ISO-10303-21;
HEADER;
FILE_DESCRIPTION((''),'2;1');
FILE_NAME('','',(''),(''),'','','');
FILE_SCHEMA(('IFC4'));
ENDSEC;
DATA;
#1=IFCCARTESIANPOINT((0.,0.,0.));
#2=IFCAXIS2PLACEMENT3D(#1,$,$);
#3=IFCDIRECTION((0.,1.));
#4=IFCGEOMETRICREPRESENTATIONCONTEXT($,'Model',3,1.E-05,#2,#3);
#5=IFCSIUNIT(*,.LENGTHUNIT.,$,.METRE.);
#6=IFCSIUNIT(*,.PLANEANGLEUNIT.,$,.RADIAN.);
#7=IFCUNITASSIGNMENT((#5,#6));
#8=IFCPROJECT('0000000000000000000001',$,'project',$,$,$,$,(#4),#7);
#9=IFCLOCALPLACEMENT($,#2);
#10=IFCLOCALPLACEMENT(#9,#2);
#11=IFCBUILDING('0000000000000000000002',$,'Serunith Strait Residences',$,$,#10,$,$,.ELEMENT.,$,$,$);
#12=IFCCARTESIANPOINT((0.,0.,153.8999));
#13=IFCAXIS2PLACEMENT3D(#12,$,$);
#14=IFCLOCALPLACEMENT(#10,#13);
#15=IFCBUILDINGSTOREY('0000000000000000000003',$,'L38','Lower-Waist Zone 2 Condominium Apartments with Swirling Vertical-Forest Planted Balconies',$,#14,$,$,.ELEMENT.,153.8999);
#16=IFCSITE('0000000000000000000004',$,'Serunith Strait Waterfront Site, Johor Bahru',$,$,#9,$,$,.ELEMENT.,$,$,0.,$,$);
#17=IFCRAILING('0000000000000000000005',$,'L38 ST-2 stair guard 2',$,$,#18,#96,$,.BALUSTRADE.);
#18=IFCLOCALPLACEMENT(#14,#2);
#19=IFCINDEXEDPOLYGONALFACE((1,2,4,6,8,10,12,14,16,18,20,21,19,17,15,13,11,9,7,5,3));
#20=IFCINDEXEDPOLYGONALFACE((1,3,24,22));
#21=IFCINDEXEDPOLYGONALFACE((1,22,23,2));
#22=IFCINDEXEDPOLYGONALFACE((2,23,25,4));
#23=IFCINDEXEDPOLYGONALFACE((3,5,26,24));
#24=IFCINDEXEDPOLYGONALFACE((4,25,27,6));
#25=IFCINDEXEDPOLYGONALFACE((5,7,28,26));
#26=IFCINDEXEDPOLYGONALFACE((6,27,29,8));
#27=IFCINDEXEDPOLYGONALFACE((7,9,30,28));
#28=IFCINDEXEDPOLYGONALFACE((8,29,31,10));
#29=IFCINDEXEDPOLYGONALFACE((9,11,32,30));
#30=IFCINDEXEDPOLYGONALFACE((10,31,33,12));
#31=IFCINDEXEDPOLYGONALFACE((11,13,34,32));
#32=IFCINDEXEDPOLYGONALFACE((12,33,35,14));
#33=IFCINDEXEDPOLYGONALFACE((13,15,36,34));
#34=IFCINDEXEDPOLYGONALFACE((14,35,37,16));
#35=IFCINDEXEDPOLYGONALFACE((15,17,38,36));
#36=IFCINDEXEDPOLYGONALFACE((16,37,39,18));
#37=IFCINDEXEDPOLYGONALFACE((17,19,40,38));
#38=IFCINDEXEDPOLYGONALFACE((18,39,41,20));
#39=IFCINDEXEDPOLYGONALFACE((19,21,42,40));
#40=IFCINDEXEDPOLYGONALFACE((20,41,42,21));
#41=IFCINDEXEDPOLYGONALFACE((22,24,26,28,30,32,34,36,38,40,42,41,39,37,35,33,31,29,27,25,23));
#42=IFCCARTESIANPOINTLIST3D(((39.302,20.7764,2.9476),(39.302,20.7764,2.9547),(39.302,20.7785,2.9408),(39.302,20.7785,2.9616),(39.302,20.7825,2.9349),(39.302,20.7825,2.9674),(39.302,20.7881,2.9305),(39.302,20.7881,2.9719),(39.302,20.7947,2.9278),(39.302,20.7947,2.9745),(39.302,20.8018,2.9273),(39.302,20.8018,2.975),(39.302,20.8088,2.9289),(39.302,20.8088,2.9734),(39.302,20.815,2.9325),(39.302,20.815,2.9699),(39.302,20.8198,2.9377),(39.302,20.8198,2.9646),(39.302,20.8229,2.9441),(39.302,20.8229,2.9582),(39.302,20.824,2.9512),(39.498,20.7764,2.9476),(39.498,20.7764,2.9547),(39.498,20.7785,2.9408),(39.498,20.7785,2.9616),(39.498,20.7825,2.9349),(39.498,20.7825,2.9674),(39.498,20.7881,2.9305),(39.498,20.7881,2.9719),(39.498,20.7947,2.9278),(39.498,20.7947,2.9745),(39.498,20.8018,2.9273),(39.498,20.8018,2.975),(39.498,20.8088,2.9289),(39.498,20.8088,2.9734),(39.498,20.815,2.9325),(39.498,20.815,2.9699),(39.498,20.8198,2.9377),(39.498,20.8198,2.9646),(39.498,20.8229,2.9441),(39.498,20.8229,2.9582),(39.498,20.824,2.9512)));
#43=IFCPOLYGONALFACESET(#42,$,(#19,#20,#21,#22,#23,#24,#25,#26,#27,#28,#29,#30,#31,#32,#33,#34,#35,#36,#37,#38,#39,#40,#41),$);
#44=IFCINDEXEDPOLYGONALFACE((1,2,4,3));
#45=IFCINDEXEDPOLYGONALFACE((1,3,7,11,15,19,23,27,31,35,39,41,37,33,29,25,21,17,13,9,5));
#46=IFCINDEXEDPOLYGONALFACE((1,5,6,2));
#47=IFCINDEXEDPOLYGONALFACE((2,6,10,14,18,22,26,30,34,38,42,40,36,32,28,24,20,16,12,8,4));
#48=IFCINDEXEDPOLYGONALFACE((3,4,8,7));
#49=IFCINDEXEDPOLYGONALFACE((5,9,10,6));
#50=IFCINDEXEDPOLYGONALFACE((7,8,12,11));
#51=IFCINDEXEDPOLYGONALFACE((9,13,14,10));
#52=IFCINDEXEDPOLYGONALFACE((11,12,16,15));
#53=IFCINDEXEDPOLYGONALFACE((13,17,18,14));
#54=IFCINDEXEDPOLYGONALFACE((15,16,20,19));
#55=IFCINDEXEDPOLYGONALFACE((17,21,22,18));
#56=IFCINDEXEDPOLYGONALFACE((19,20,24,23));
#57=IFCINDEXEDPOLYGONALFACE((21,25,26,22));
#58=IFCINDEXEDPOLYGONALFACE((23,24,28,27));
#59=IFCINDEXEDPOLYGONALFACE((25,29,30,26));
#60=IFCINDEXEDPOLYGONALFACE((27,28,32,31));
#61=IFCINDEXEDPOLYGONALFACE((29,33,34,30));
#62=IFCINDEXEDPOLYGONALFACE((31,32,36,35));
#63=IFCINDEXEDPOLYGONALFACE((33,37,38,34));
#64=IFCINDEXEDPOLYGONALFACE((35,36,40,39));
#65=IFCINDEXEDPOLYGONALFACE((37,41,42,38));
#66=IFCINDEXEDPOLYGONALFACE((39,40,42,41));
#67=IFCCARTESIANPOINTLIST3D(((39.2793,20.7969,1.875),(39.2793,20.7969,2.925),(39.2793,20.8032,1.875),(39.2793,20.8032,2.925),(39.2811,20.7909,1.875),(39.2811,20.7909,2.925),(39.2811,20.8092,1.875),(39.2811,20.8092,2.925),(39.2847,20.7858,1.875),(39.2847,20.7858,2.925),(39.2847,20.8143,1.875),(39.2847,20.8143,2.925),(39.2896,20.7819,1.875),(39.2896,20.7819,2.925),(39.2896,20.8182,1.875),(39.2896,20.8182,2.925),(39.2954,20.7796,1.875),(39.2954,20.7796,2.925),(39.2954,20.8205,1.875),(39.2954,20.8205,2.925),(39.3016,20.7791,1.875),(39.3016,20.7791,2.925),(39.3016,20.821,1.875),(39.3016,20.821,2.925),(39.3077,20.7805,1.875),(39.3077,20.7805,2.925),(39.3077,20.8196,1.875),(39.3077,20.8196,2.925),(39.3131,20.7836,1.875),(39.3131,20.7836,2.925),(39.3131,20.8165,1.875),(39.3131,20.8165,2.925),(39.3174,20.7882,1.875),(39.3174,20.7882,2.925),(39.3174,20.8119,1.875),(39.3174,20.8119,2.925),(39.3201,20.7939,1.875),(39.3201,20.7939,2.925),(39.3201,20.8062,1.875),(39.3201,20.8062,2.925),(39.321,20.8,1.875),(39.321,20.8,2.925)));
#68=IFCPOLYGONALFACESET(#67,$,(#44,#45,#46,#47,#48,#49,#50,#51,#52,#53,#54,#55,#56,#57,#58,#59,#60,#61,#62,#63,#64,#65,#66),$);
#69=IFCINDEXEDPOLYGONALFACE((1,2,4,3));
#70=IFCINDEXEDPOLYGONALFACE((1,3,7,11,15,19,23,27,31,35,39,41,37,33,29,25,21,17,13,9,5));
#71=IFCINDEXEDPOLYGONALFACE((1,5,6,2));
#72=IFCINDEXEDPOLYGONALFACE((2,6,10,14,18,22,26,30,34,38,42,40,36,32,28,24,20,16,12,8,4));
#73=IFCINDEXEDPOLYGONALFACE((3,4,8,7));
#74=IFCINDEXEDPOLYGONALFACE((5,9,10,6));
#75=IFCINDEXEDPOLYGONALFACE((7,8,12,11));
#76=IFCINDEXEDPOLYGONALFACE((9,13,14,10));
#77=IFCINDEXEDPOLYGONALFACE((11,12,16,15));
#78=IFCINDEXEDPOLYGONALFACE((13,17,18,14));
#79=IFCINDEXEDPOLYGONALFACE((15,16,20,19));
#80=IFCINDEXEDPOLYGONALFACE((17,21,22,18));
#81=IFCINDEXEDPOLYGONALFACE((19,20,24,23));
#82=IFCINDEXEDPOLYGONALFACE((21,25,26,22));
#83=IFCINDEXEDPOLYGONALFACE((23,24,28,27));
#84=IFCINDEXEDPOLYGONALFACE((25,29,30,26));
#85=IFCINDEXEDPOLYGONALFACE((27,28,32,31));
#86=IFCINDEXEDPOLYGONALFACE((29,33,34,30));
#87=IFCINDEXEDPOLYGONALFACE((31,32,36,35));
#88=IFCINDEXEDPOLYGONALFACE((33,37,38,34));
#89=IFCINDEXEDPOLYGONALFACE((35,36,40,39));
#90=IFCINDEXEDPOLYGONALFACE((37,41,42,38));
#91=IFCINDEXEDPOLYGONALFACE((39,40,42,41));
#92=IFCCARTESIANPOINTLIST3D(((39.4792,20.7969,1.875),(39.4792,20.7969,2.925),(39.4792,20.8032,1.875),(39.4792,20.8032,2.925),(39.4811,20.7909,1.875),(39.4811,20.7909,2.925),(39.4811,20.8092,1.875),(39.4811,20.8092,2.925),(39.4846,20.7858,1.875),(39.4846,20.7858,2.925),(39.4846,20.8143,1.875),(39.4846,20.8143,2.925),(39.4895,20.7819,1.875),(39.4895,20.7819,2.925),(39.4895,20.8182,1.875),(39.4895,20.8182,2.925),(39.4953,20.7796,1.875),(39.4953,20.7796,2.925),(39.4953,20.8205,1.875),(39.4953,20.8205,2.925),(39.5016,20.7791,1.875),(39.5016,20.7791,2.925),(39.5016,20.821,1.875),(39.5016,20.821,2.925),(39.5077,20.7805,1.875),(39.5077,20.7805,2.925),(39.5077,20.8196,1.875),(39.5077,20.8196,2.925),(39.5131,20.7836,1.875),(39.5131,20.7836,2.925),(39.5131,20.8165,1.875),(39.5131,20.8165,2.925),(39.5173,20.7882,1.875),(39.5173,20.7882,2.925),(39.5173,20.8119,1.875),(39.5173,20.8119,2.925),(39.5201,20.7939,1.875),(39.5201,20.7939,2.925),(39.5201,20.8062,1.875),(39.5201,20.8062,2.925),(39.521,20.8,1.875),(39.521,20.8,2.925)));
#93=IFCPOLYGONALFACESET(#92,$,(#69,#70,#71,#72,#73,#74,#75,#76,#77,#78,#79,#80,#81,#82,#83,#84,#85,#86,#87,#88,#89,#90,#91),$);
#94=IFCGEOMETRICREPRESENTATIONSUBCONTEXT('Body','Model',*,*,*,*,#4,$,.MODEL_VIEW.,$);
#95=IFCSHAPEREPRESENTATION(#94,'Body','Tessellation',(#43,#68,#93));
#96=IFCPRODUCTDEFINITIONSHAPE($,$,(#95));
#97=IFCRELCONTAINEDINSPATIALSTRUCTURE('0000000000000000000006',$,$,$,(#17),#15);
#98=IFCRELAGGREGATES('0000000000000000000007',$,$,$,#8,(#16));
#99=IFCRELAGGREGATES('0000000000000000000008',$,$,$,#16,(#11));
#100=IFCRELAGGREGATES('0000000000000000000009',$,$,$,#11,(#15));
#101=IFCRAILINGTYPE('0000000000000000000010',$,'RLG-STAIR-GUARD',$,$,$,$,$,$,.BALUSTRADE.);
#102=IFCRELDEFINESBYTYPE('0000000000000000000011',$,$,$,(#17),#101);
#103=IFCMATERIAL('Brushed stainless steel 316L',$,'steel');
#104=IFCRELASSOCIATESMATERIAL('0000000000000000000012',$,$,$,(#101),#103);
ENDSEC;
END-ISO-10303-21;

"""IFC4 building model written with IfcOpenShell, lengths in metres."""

from ifc_helpers import new_model, si_unit, direction, frame, origin, origin_2d, place, context, subcontext, project, spatial, circle, extrude, material, type_object, element, save


model = new_model("IFC4")

# Units and contexts
model_context = context("Model", 3, precision=1e-05, world=origin(), true_north=direction((0.0, 1.0)))
body_context = subcontext(model_context, "Body", "Model", "MODEL_VIEW")
ifc_project = project(units=[si_unit("LENGTHUNIT", "METRE"), si_unit("PLANEANGLEUNIT", "RADIAN")], contexts=[model_context])

# Site, building, storey
site_placement = place(None, origin())
site = spatial("IfcSite", under=ifc_project, at=site_placement, Name="Serunith Strait Waterfront Site, Johor Bahru", CompositionType="ELEMENT", RefElevation=0.0)
building_placement = place(site_placement, origin())
building = spatial("IfcBuilding", under=site, at=building_placement, Name="Serunith Strait Residences", CompositionType="ELEMENT")
storey_placement = place(building_placement, frame((0.0, 0.0, 153.8999)))
storey = spatial("IfcBuildingStorey", under=building, at=storey_placement, Name="L38", Description="Lower-Waist Zone 2 Condominium Apartments with Swirling Vertical-Forest Planted Balconies", CompositionType="ELEMENT", Elevation=153.8999)

# Railing
ifc_material_1 = material(Name="Brushed stainless steel 316L", Category="steel")
railing_type_1 = type_object("IfcRailingType", Name="RLG-STAIR-GUARD", PredefinedType="BALUSTRADE", material=ifc_material_1)
railing_1_placement = place(storey_placement, frame((39.3, 20.8, 1.875)))
element("IfcRailing", 1, at=railing_1_placement, inside=storey, type_object=railing_type_1, Name="L38 ST-2 stair guard 2", PredefinedType="BALUSTRADE", context=body_context, shape_type="SweptSolid", body=[
    extrude(circle(Radius=0.0239, at=origin_2d()), frame((0.002, 0.0, 1.0762), z_axis=(1.0, 0.0, 0.0), x_axis=(0.0, 1.0, 0.0)), (0.0, 0.0, 1.0), 0.196),
    extrude(circle(Radius=0.021, at=origin_2d()), origin(), (0.0, 0.0, 1.0), 1.05),
    extrude(circle(Radius=0.021, at=origin_2d()), frame((0.2, 0.0, 0.0)), (0.0, 0.0, 1.0), 1.05),
])

save(model, "model.ifc")
